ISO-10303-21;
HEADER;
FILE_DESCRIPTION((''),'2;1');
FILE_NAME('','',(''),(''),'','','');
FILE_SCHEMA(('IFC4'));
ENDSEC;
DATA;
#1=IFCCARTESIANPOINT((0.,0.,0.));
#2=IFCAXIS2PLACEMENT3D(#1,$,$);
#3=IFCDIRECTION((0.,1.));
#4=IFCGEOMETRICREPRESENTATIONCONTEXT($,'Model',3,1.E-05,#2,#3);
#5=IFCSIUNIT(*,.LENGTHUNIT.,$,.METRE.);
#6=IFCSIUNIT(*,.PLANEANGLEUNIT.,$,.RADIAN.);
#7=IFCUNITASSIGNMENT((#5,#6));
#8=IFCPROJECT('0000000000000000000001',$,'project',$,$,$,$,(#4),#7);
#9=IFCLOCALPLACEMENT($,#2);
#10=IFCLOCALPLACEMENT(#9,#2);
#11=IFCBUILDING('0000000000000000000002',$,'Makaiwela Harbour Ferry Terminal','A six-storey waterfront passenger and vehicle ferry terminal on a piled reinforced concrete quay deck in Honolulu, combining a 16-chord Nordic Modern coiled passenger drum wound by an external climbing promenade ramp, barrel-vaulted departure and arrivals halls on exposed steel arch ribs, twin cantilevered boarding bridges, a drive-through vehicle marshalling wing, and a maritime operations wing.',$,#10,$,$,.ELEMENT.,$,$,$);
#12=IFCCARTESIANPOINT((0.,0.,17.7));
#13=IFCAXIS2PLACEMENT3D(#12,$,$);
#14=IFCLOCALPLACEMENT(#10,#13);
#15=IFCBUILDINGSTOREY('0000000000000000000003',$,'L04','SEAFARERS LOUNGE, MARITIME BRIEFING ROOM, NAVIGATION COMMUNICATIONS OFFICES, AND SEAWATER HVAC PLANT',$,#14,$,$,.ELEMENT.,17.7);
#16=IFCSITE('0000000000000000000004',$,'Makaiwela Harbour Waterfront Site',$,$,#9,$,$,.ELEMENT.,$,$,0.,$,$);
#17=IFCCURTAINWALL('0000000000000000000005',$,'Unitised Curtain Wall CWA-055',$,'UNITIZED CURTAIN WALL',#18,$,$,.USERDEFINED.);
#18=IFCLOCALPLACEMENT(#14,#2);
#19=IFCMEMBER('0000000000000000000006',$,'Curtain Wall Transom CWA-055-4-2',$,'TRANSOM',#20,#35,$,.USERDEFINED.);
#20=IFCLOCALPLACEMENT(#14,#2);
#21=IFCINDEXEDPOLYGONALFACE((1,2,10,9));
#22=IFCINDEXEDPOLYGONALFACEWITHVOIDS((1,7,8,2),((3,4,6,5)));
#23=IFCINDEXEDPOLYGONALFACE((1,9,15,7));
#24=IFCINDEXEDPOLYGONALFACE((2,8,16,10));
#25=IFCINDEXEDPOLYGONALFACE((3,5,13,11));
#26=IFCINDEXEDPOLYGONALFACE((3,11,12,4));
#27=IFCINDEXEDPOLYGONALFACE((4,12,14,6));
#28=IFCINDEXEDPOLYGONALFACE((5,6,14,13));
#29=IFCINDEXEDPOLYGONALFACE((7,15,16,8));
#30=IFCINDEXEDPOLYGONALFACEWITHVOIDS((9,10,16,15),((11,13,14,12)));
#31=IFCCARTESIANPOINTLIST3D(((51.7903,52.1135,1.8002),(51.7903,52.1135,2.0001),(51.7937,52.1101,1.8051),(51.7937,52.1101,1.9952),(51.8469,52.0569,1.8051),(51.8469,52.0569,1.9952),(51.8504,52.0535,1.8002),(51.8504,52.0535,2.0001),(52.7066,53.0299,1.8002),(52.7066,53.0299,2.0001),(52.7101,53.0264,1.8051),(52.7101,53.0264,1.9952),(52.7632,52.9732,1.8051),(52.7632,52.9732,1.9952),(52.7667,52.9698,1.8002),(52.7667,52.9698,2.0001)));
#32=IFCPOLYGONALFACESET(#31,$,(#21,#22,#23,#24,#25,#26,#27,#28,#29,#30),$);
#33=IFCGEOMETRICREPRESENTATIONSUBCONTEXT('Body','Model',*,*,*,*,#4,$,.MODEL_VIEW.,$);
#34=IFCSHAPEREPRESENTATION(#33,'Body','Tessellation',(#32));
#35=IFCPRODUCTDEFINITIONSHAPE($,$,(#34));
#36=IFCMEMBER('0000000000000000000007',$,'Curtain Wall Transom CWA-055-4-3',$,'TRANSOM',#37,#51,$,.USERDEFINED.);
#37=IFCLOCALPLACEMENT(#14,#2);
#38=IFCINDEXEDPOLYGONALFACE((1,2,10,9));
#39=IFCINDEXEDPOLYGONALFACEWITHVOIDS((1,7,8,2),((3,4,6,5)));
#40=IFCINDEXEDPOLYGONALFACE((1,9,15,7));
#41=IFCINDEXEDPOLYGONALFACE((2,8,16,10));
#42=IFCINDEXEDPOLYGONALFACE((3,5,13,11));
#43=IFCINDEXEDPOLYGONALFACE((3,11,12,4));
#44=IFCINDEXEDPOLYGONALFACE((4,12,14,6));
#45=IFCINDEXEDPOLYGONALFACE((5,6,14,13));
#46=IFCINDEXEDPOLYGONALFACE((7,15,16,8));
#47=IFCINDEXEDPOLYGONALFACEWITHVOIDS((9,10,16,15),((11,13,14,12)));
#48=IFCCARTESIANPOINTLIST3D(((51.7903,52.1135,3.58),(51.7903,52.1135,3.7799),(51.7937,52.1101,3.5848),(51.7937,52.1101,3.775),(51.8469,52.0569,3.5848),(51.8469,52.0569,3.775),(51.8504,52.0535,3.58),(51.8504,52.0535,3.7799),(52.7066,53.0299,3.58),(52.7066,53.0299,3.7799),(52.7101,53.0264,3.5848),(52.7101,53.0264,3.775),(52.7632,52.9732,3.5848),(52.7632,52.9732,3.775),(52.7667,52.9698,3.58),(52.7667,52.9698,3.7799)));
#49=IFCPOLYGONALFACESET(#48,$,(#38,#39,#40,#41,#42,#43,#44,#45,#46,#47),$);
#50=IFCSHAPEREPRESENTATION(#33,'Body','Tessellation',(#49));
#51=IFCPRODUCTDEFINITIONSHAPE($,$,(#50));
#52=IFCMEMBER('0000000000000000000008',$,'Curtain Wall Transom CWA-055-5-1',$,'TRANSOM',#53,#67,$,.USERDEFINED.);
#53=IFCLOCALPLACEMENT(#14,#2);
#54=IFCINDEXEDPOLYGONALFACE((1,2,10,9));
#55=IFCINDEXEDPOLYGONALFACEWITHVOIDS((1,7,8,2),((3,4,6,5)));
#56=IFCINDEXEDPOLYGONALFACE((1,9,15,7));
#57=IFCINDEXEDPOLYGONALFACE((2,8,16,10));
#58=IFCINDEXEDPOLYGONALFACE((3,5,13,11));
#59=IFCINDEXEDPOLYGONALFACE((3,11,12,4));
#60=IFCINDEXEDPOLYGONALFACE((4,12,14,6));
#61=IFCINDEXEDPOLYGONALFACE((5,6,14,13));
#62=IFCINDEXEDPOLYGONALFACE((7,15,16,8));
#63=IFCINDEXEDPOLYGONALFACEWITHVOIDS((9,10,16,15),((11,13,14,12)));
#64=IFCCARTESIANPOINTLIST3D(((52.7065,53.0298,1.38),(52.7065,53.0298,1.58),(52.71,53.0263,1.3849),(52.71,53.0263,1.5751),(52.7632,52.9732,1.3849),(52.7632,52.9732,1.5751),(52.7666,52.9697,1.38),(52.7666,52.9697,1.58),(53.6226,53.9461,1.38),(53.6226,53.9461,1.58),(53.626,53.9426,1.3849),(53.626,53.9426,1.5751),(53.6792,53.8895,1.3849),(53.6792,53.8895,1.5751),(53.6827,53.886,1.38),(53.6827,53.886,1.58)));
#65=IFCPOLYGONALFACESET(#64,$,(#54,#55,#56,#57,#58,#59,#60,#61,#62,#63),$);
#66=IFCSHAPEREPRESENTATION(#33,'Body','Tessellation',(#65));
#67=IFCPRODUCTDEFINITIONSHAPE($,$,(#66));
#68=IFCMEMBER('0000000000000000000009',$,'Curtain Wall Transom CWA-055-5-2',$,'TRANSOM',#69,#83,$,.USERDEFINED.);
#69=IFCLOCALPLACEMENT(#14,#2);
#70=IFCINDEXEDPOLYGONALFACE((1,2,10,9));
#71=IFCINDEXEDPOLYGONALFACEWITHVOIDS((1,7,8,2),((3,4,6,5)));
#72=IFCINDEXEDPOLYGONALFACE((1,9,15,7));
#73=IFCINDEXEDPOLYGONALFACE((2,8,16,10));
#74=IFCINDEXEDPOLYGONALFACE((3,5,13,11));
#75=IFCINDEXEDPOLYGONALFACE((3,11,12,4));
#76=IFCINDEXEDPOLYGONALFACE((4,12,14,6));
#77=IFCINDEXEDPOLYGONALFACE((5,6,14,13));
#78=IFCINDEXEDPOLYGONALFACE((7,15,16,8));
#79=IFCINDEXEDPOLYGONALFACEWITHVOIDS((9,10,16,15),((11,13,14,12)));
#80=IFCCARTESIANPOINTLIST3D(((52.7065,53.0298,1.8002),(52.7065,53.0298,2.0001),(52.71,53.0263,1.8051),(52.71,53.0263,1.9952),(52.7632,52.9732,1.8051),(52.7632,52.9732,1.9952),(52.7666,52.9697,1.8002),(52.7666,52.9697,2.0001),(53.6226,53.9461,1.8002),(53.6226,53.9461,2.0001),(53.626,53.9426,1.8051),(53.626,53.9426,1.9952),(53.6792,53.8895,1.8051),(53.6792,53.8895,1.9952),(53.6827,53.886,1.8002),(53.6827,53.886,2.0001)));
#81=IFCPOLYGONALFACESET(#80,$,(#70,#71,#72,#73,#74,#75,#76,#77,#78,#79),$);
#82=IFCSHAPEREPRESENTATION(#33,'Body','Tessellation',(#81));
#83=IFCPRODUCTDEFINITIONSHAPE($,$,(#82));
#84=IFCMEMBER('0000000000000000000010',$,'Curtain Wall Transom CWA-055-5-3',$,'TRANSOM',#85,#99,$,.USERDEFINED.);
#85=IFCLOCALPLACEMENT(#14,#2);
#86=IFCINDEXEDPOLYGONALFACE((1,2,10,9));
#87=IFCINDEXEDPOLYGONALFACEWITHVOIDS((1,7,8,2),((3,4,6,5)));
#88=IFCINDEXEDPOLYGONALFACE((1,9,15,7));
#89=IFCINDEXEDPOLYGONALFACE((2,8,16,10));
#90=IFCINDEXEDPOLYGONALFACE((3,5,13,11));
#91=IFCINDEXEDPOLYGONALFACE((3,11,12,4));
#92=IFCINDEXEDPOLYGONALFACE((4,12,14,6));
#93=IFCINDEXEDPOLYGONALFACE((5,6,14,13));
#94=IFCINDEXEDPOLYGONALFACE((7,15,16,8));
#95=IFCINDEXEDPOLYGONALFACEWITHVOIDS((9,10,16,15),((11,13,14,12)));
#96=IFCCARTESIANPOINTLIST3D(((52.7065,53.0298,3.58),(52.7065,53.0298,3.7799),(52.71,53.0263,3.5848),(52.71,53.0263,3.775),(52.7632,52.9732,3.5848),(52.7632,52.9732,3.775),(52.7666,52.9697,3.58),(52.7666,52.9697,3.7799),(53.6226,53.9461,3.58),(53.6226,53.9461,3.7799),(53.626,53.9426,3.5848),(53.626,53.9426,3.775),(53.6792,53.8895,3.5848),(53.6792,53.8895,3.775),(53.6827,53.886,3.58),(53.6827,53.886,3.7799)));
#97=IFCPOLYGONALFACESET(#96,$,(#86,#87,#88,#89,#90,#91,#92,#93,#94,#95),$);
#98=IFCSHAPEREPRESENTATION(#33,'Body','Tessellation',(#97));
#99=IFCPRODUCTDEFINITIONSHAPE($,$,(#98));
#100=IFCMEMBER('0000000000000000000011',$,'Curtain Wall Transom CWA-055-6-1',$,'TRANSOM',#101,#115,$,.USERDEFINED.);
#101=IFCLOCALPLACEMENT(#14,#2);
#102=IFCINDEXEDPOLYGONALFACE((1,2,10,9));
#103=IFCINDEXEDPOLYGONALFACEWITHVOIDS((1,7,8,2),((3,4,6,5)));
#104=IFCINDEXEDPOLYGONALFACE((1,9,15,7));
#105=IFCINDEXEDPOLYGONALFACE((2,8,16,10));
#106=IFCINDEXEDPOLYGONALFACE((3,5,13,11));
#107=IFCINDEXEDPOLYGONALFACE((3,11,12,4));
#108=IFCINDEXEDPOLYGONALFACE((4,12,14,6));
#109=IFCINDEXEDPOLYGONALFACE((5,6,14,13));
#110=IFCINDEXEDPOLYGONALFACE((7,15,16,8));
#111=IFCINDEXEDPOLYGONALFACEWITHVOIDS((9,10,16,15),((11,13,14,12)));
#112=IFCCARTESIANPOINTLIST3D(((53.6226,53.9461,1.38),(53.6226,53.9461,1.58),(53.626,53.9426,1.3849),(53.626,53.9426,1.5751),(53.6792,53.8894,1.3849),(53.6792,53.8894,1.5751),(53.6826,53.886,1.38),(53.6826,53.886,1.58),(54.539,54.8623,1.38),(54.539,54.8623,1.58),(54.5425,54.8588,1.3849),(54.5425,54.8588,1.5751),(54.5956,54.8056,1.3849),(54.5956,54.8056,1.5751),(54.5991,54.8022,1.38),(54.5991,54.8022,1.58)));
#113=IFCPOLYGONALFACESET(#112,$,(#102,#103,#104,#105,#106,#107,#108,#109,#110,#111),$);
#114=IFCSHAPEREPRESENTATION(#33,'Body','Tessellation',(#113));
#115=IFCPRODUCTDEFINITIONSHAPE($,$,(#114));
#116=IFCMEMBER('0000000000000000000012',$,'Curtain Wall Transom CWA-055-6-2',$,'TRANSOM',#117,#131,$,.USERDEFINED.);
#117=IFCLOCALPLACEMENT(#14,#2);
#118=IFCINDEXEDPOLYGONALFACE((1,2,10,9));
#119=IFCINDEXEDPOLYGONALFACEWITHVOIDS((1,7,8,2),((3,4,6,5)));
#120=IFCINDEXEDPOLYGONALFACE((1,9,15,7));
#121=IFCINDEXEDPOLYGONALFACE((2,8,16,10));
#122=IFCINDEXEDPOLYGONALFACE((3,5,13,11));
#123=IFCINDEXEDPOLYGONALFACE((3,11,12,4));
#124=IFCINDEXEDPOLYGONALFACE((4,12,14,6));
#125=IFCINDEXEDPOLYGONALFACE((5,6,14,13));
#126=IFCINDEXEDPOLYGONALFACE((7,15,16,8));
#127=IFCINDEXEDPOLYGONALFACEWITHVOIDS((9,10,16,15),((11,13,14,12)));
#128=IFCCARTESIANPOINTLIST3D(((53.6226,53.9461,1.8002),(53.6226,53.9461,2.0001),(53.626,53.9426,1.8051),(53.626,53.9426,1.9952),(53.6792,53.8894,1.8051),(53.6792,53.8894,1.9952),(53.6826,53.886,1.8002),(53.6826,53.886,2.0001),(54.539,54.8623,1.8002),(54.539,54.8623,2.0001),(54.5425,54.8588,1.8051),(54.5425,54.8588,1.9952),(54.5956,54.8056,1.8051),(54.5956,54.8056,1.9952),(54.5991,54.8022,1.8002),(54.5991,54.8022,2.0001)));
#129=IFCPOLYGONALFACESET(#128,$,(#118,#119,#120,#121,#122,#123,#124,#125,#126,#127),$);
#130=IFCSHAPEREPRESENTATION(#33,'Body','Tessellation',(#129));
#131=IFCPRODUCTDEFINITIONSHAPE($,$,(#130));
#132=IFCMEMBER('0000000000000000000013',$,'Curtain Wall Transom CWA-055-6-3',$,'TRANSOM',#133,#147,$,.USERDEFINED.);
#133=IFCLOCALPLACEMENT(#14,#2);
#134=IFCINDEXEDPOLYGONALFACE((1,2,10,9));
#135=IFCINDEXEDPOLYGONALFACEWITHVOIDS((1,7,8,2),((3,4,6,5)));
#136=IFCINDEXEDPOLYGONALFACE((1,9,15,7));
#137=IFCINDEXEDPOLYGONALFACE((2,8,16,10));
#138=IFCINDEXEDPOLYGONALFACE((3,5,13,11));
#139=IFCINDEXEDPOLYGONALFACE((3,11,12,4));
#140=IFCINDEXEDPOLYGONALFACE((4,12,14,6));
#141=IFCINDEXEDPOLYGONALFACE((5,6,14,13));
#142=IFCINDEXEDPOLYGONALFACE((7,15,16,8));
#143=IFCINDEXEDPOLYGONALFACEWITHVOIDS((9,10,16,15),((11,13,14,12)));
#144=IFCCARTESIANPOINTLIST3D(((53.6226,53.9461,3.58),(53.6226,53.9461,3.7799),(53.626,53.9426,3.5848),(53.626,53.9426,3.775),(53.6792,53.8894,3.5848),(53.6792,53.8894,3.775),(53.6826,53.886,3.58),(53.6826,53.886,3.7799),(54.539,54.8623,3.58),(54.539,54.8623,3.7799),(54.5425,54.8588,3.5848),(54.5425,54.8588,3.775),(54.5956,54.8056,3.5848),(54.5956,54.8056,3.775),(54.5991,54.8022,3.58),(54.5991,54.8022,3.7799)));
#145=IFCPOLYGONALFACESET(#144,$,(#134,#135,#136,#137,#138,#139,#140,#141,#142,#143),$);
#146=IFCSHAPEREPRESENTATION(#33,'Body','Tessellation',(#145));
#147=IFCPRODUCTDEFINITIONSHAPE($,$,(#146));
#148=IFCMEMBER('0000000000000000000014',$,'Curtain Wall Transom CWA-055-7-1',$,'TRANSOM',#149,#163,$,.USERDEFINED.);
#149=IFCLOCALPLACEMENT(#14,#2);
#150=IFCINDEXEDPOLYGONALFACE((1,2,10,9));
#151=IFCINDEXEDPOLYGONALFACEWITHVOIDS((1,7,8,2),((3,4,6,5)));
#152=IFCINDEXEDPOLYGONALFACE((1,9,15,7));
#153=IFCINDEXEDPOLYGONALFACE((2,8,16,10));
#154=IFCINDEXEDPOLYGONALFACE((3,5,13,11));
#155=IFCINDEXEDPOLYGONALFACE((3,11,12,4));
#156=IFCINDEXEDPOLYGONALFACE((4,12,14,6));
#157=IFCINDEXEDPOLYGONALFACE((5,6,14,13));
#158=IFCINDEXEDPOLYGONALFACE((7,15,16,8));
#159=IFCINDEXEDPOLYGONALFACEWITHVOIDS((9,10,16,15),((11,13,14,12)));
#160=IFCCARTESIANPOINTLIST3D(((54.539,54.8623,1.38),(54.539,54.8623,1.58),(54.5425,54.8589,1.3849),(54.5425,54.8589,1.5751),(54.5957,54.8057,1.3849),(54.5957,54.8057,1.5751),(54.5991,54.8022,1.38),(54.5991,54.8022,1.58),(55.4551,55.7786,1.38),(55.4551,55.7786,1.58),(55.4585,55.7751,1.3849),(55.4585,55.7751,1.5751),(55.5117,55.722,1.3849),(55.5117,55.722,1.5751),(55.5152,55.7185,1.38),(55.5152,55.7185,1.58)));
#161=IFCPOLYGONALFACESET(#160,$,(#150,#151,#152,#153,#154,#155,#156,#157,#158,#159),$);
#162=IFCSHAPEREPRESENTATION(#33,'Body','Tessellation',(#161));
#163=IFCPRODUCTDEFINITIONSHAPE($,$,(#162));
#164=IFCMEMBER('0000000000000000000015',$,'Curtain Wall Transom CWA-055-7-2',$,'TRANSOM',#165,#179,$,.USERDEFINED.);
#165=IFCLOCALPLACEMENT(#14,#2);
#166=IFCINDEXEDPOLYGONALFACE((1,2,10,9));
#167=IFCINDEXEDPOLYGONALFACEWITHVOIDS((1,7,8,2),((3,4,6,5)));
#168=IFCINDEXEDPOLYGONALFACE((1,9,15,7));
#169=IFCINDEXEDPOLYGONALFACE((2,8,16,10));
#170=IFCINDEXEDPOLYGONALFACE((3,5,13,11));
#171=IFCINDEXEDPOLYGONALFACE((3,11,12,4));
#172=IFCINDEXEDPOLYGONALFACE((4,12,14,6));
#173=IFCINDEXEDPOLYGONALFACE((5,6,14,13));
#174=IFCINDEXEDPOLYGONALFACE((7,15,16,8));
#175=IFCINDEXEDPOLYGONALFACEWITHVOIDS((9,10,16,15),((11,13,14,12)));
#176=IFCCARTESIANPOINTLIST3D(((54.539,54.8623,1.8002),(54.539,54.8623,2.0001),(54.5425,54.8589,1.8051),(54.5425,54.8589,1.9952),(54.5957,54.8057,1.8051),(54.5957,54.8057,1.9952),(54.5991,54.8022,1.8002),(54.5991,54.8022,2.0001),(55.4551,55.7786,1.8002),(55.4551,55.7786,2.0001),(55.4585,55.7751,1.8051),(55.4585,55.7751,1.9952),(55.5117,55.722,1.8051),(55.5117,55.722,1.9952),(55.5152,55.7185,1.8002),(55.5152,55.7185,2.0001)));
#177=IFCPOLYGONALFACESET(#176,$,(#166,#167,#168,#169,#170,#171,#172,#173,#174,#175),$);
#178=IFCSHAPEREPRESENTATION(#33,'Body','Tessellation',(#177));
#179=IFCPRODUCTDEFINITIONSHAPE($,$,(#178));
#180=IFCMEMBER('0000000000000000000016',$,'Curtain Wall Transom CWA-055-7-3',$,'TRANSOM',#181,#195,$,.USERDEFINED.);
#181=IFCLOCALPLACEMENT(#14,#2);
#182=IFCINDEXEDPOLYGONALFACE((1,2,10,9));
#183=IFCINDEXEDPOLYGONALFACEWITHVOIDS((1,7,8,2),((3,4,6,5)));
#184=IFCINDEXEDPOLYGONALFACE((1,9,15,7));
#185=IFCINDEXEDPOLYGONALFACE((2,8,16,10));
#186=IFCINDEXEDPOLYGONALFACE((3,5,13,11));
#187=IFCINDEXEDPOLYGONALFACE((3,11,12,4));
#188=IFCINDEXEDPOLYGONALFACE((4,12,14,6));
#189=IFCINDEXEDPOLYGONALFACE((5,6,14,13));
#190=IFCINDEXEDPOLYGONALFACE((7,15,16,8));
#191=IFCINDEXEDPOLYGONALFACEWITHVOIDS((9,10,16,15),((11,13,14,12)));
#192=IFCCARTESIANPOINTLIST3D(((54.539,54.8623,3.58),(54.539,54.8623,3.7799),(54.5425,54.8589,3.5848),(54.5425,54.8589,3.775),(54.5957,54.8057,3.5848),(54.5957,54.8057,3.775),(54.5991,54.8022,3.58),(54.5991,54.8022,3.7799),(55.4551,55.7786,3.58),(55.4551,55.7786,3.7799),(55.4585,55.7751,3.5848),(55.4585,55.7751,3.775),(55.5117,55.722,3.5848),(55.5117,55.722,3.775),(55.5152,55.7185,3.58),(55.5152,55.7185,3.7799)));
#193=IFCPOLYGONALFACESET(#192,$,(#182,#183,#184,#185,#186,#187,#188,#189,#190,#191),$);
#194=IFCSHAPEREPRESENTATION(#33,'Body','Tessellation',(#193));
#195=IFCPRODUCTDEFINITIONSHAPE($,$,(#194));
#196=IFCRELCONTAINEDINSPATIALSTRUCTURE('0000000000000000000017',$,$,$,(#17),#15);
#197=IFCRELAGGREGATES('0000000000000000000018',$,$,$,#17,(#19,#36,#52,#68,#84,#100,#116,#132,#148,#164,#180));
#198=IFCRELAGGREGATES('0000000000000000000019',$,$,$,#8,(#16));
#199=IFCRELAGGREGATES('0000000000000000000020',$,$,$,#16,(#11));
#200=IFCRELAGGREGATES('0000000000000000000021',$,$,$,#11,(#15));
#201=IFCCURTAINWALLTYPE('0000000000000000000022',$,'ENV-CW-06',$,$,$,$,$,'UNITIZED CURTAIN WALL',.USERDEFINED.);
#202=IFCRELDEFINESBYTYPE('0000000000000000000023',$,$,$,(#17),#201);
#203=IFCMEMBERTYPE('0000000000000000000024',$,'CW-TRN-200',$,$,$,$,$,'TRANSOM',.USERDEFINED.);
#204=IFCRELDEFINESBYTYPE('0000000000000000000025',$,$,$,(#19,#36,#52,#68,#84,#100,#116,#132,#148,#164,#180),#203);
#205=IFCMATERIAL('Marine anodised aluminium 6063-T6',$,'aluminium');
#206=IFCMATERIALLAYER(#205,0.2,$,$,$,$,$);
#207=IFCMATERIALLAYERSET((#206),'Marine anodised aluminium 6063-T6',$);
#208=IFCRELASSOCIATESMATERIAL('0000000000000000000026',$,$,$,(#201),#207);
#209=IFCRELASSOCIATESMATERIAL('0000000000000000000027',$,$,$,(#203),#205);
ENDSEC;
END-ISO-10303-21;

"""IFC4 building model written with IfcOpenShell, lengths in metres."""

from ifc_helpers import new_model, si_unit, direction, frame, origin, origin_2d, place, context, subcontext, project, spatial, hollow_rectangle, extrude, material, layer, layer_set, material_profile, profile_set, type_object, element, aggregate, save


model = new_model("IFC4")

# Units and contexts
model_context = context("Model", 3, precision=1e-05, world=origin(), true_north=direction((0.0, 1.0)))
body_context = subcontext(model_context, "Body", "Model", "MODEL_VIEW")
ifc_project = project(units=[si_unit("LENGTHUNIT", "METRE"), si_unit("PLANEANGLEUNIT", "RADIAN")], contexts=[model_context])

# Site, building, storey
site_placement = place(None, origin())
site = spatial("IfcSite", under=ifc_project, at=site_placement, Name="Makaiwela Harbour Waterfront Site", CompositionType="ELEMENT", RefElevation=0.0)
building_placement = place(site_placement, origin())
building = spatial("IfcBuilding", under=site, at=building_placement, Name="Makaiwela Harbour Ferry Terminal", Description="A six-storey waterfront passenger and vehicle ferry terminal on a piled reinforced concrete quay deck in Honolulu, combining a 16-chord Nordic Modern coiled passenger drum wound by an external climbing promenade ramp, barrel-vaulted departure and arrivals halls on exposed steel arch ribs, twin cantilevered boarding bridges, a drive-through vehicle marshalling wing, and a maritime operations wing.", CompositionType="ELEMENT")
storey_placement = place(building_placement, frame((0.0, 0.0, 17.7)))
storey = spatial("IfcBuildingStorey", under=building, at=storey_placement, Name="L04", Description="SEAFARERS LOUNGE, MARITIME BRIEFING ROOM, NAVIGATION COMMUNICATIONS OFFICES, AND SEAWATER HVAC PLANT", CompositionType="ELEMENT", Elevation=17.7)

# Curtain wall, members
ifc_material_1 = material(Name="Marine anodised aluminium 6063-T6", Category="aluminium")
ifc_layer_1 = layer(ifc_material_1, 0.2)
ifc_layer_set_1 = layer_set([ifc_layer_1], Name="Marine anodised aluminium 6063-T6")
curtain_wall_type = type_object("IfcCurtainWallType", Name="ENV-CW-06", ElementType="UNITIZED CURTAIN WALL", PredefinedType="USERDEFINED", material=ifc_layer_set_1)
curtain_wall_placement = place(storey_placement, origin())
curtain_wall = element("IfcCurtainWall", 1, at=curtain_wall_placement, inside=storey, type_object=curtain_wall_type, Name="Unitised Curtain Wall CWA-055", ObjectType="UNITIZED CURTAIN WALL", PredefinedType="USERDEFINED")
ifc_material_profile_1 = material_profile(ifc_material_1, hollow_rectangle(XDim=0.085, YDim=0.2, WallThickness=0.0049, at=origin_2d()), Name="CWT-200X85")
ifc_profile_set_1 = profile_set([ifc_material_profile_1], Name="Marine anodised aluminium 6063-T6")
member_type_1 = type_object("IfcMemberType", Name="CW-TRN-200", ElementType="TRANSOM", PredefinedType="USERDEFINED", material=ifc_profile_set_1)
member_1_placement = place(storey_placement, frame((51.8203, 52.0835, 1.9001), z_axis=(0.707107, 0.707107, 0.0), x_axis=(-0.707107, 0.707107, 0.0)))
member_1 = element("IfcMember", 2, at=member_1_placement, type_object=member_type_1, Name="Curtain Wall Transom CWA-055-4-2", ObjectType="TRANSOM", PredefinedType="USERDEFINED", context=body_context, shape_type="SweptSolid", body=[
    extrude(hollow_rectangle(XDim=0.085, YDim=0.2, WallThickness=0.0049, at=origin_2d()), origin(), (0.0, 0.0, 1.0), 1.2959),
])
member_2_placement = place(storey_placement, frame((51.8203, 52.0835, 3.6799), z_axis=(0.707107, 0.707107, 0.0), x_axis=(-0.707107, 0.707107, 0.0)))
member_2 = element("IfcMember", 3, at=member_2_placement, type_object=member_type_1, Name="Curtain Wall Transom CWA-055-4-3", ObjectType="TRANSOM", PredefinedType="USERDEFINED", context=body_context, shape_type="SweptSolid", body=[
    extrude(hollow_rectangle(XDim=0.085, YDim=0.2, WallThickness=0.0049, at=origin_2d()), origin(), (0.0, 0.0, 1.0), 1.2959),
])
member_3_placement = place(storey_placement, frame((52.7366, 52.9998, 1.48), z_axis=(0.707013, 0.707201, 0.0), x_axis=(-0.707201, 0.707013, 0.0)))
member_3 = element("IfcMember", 4, at=member_3_placement, type_object=member_type_1, Name="Curtain Wall Transom CWA-055-5-1", ObjectType="TRANSOM", PredefinedType="USERDEFINED", context=body_context, shape_type="SweptSolid", body=[
    extrude(hollow_rectangle(XDim=0.085, YDim=0.2, WallThickness=0.0049, at=origin_2d()), origin(), (0.0, 0.0, 1.0), 1.2957),
])
member_4_placement = place(storey_placement, frame((52.7366, 52.9998, 1.9001), z_axis=(0.707013, 0.707201, 0.0), x_axis=(-0.707201, 0.707013, 0.0)))
member_4 = element("IfcMember", 5, at=member_4_placement, type_object=member_type_1, Name="Curtain Wall Transom CWA-055-5-2", ObjectType="TRANSOM", PredefinedType="USERDEFINED", context=body_context, shape_type="SweptSolid", body=[
    extrude(hollow_rectangle(XDim=0.085, YDim=0.2, WallThickness=0.0049, at=origin_2d()), origin(), (0.0, 0.0, 1.0), 1.2957),
])
member_5_placement = place(storey_placement, frame((52.7366, 52.9998, 3.6799), z_axis=(0.707013, 0.707201, 0.0), x_axis=(-0.707201, 0.707013, 0.0)))
member_5 = element("IfcMember", 6, at=member_5_placement, type_object=member_type_1, Name="Curtain Wall Transom CWA-055-5-3", ObjectType="TRANSOM", PredefinedType="USERDEFINED", context=body_context, shape_type="SweptSolid", body=[
    extrude(hollow_rectangle(XDim=0.085, YDim=0.2, WallThickness=0.0049, at=origin_2d()), origin(), (0.0, 0.0, 1.0), 1.2957),
])
member_6_placement = place(storey_placement, frame((53.6526, 53.916, 1.48), z_axis=(0.707201, 0.707013, 0.0), x_axis=(-0.707013, 0.707201, 0.0)))
member_6 = element("IfcMember", 7, at=member_6_placement, type_object=member_type_1, Name="Curtain Wall Transom CWA-055-6-1", ObjectType="TRANSOM", PredefinedType="USERDEFINED", context=body_context, shape_type="SweptSolid", body=[
    extrude(hollow_rectangle(XDim=0.085, YDim=0.2, WallThickness=0.0049, at=origin_2d()), origin(), (0.0, 0.0, 1.0), 1.2959),
])
member_7_placement = place(storey_placement, frame((53.6526, 53.916, 1.9001), z_axis=(0.707201, 0.707013, 0.0), x_axis=(-0.707013, 0.707201, 0.0)))
member_7 = element("IfcMember", 8, at=member_7_placement, type_object=member_type_1, Name="Curtain Wall Transom CWA-055-6-2", ObjectType="TRANSOM", PredefinedType="USERDEFINED", context=body_context, shape_type="SweptSolid", body=[
    extrude(hollow_rectangle(XDim=0.085, YDim=0.2, WallThickness=0.0049, at=origin_2d()), origin(), (0.0, 0.0, 1.0), 1.2959),
])
member_8_placement = place(storey_placement, frame((53.6526, 53.916, 3.6799), z_axis=(0.707201, 0.707013, 0.0), x_axis=(-0.707013, 0.707201, 0.0)))
member_8 = element("IfcMember", 9, at=member_8_placement, type_object=member_type_1, Name="Curtain Wall Transom CWA-055-6-3", ObjectType="TRANSOM", PredefinedType="USERDEFINED", context=body_context, shape_type="SweptSolid", body=[
    extrude(hollow_rectangle(XDim=0.085, YDim=0.2, WallThickness=0.0049, at=origin_2d()), origin(), (0.0, 0.0, 1.0), 1.2959),
])
member_9_placement = place(storey_placement, frame((54.5691, 54.8323, 1.48), z_axis=(0.707013, 0.707201, 0.0), x_axis=(-0.707201, 0.707013, 0.0)))
member_9 = element("IfcMember", 10, at=member_9_placement, type_object=member_type_1, Name="Curtain Wall Transom CWA-055-7-1", ObjectType="TRANSOM", PredefinedType="USERDEFINED", context=body_context, shape_type="SweptSolid", body=[
    extrude(hollow_rectangle(XDim=0.085, YDim=0.2, WallThickness=0.0049, at=origin_2d()), origin(), (0.0, 0.0, 1.0), 1.2957),
])
member_10_placement = place(storey_placement, frame((54.5691, 54.8323, 1.9001), z_axis=(0.707013, 0.707201, 0.0), x_axis=(-0.707201, 0.707013, 0.0)))
member_10 = element("IfcMember", 11, at=member_10_placement, type_object=member_type_1, Name="Curtain Wall Transom CWA-055-7-2", ObjectType="TRANSOM", PredefinedType="USERDEFINED", context=body_context, shape_type="SweptSolid", body=[
    extrude(hollow_rectangle(XDim=0.085, YDim=0.2, WallThickness=0.0049, at=origin_2d()), origin(), (0.0, 0.0, 1.0), 1.2957),
])
member_11_placement = place(storey_placement, frame((54.5691, 54.8323, 3.6799), z_axis=(0.707013, 0.707201, 0.0), x_axis=(-0.707201, 0.707013, 0.0)))
member_11 = element("IfcMember", 12, at=member_11_placement, type_object=member_type_1, Name="Curtain Wall Transom CWA-055-7-3", ObjectType="TRANSOM", PredefinedType="USERDEFINED", context=body_context, shape_type="SweptSolid", body=[
    extrude(hollow_rectangle(XDim=0.085, YDim=0.2, WallThickness=0.0049, at=origin_2d()), origin(), (0.0, 0.0, 1.0), 1.2957),
])

aggregate(curtain_wall, [member_1, member_2, member_3, member_4, member_5, member_6, member_7, member_8, member_9, member_10, member_11])

save(model, "model.ifc")
